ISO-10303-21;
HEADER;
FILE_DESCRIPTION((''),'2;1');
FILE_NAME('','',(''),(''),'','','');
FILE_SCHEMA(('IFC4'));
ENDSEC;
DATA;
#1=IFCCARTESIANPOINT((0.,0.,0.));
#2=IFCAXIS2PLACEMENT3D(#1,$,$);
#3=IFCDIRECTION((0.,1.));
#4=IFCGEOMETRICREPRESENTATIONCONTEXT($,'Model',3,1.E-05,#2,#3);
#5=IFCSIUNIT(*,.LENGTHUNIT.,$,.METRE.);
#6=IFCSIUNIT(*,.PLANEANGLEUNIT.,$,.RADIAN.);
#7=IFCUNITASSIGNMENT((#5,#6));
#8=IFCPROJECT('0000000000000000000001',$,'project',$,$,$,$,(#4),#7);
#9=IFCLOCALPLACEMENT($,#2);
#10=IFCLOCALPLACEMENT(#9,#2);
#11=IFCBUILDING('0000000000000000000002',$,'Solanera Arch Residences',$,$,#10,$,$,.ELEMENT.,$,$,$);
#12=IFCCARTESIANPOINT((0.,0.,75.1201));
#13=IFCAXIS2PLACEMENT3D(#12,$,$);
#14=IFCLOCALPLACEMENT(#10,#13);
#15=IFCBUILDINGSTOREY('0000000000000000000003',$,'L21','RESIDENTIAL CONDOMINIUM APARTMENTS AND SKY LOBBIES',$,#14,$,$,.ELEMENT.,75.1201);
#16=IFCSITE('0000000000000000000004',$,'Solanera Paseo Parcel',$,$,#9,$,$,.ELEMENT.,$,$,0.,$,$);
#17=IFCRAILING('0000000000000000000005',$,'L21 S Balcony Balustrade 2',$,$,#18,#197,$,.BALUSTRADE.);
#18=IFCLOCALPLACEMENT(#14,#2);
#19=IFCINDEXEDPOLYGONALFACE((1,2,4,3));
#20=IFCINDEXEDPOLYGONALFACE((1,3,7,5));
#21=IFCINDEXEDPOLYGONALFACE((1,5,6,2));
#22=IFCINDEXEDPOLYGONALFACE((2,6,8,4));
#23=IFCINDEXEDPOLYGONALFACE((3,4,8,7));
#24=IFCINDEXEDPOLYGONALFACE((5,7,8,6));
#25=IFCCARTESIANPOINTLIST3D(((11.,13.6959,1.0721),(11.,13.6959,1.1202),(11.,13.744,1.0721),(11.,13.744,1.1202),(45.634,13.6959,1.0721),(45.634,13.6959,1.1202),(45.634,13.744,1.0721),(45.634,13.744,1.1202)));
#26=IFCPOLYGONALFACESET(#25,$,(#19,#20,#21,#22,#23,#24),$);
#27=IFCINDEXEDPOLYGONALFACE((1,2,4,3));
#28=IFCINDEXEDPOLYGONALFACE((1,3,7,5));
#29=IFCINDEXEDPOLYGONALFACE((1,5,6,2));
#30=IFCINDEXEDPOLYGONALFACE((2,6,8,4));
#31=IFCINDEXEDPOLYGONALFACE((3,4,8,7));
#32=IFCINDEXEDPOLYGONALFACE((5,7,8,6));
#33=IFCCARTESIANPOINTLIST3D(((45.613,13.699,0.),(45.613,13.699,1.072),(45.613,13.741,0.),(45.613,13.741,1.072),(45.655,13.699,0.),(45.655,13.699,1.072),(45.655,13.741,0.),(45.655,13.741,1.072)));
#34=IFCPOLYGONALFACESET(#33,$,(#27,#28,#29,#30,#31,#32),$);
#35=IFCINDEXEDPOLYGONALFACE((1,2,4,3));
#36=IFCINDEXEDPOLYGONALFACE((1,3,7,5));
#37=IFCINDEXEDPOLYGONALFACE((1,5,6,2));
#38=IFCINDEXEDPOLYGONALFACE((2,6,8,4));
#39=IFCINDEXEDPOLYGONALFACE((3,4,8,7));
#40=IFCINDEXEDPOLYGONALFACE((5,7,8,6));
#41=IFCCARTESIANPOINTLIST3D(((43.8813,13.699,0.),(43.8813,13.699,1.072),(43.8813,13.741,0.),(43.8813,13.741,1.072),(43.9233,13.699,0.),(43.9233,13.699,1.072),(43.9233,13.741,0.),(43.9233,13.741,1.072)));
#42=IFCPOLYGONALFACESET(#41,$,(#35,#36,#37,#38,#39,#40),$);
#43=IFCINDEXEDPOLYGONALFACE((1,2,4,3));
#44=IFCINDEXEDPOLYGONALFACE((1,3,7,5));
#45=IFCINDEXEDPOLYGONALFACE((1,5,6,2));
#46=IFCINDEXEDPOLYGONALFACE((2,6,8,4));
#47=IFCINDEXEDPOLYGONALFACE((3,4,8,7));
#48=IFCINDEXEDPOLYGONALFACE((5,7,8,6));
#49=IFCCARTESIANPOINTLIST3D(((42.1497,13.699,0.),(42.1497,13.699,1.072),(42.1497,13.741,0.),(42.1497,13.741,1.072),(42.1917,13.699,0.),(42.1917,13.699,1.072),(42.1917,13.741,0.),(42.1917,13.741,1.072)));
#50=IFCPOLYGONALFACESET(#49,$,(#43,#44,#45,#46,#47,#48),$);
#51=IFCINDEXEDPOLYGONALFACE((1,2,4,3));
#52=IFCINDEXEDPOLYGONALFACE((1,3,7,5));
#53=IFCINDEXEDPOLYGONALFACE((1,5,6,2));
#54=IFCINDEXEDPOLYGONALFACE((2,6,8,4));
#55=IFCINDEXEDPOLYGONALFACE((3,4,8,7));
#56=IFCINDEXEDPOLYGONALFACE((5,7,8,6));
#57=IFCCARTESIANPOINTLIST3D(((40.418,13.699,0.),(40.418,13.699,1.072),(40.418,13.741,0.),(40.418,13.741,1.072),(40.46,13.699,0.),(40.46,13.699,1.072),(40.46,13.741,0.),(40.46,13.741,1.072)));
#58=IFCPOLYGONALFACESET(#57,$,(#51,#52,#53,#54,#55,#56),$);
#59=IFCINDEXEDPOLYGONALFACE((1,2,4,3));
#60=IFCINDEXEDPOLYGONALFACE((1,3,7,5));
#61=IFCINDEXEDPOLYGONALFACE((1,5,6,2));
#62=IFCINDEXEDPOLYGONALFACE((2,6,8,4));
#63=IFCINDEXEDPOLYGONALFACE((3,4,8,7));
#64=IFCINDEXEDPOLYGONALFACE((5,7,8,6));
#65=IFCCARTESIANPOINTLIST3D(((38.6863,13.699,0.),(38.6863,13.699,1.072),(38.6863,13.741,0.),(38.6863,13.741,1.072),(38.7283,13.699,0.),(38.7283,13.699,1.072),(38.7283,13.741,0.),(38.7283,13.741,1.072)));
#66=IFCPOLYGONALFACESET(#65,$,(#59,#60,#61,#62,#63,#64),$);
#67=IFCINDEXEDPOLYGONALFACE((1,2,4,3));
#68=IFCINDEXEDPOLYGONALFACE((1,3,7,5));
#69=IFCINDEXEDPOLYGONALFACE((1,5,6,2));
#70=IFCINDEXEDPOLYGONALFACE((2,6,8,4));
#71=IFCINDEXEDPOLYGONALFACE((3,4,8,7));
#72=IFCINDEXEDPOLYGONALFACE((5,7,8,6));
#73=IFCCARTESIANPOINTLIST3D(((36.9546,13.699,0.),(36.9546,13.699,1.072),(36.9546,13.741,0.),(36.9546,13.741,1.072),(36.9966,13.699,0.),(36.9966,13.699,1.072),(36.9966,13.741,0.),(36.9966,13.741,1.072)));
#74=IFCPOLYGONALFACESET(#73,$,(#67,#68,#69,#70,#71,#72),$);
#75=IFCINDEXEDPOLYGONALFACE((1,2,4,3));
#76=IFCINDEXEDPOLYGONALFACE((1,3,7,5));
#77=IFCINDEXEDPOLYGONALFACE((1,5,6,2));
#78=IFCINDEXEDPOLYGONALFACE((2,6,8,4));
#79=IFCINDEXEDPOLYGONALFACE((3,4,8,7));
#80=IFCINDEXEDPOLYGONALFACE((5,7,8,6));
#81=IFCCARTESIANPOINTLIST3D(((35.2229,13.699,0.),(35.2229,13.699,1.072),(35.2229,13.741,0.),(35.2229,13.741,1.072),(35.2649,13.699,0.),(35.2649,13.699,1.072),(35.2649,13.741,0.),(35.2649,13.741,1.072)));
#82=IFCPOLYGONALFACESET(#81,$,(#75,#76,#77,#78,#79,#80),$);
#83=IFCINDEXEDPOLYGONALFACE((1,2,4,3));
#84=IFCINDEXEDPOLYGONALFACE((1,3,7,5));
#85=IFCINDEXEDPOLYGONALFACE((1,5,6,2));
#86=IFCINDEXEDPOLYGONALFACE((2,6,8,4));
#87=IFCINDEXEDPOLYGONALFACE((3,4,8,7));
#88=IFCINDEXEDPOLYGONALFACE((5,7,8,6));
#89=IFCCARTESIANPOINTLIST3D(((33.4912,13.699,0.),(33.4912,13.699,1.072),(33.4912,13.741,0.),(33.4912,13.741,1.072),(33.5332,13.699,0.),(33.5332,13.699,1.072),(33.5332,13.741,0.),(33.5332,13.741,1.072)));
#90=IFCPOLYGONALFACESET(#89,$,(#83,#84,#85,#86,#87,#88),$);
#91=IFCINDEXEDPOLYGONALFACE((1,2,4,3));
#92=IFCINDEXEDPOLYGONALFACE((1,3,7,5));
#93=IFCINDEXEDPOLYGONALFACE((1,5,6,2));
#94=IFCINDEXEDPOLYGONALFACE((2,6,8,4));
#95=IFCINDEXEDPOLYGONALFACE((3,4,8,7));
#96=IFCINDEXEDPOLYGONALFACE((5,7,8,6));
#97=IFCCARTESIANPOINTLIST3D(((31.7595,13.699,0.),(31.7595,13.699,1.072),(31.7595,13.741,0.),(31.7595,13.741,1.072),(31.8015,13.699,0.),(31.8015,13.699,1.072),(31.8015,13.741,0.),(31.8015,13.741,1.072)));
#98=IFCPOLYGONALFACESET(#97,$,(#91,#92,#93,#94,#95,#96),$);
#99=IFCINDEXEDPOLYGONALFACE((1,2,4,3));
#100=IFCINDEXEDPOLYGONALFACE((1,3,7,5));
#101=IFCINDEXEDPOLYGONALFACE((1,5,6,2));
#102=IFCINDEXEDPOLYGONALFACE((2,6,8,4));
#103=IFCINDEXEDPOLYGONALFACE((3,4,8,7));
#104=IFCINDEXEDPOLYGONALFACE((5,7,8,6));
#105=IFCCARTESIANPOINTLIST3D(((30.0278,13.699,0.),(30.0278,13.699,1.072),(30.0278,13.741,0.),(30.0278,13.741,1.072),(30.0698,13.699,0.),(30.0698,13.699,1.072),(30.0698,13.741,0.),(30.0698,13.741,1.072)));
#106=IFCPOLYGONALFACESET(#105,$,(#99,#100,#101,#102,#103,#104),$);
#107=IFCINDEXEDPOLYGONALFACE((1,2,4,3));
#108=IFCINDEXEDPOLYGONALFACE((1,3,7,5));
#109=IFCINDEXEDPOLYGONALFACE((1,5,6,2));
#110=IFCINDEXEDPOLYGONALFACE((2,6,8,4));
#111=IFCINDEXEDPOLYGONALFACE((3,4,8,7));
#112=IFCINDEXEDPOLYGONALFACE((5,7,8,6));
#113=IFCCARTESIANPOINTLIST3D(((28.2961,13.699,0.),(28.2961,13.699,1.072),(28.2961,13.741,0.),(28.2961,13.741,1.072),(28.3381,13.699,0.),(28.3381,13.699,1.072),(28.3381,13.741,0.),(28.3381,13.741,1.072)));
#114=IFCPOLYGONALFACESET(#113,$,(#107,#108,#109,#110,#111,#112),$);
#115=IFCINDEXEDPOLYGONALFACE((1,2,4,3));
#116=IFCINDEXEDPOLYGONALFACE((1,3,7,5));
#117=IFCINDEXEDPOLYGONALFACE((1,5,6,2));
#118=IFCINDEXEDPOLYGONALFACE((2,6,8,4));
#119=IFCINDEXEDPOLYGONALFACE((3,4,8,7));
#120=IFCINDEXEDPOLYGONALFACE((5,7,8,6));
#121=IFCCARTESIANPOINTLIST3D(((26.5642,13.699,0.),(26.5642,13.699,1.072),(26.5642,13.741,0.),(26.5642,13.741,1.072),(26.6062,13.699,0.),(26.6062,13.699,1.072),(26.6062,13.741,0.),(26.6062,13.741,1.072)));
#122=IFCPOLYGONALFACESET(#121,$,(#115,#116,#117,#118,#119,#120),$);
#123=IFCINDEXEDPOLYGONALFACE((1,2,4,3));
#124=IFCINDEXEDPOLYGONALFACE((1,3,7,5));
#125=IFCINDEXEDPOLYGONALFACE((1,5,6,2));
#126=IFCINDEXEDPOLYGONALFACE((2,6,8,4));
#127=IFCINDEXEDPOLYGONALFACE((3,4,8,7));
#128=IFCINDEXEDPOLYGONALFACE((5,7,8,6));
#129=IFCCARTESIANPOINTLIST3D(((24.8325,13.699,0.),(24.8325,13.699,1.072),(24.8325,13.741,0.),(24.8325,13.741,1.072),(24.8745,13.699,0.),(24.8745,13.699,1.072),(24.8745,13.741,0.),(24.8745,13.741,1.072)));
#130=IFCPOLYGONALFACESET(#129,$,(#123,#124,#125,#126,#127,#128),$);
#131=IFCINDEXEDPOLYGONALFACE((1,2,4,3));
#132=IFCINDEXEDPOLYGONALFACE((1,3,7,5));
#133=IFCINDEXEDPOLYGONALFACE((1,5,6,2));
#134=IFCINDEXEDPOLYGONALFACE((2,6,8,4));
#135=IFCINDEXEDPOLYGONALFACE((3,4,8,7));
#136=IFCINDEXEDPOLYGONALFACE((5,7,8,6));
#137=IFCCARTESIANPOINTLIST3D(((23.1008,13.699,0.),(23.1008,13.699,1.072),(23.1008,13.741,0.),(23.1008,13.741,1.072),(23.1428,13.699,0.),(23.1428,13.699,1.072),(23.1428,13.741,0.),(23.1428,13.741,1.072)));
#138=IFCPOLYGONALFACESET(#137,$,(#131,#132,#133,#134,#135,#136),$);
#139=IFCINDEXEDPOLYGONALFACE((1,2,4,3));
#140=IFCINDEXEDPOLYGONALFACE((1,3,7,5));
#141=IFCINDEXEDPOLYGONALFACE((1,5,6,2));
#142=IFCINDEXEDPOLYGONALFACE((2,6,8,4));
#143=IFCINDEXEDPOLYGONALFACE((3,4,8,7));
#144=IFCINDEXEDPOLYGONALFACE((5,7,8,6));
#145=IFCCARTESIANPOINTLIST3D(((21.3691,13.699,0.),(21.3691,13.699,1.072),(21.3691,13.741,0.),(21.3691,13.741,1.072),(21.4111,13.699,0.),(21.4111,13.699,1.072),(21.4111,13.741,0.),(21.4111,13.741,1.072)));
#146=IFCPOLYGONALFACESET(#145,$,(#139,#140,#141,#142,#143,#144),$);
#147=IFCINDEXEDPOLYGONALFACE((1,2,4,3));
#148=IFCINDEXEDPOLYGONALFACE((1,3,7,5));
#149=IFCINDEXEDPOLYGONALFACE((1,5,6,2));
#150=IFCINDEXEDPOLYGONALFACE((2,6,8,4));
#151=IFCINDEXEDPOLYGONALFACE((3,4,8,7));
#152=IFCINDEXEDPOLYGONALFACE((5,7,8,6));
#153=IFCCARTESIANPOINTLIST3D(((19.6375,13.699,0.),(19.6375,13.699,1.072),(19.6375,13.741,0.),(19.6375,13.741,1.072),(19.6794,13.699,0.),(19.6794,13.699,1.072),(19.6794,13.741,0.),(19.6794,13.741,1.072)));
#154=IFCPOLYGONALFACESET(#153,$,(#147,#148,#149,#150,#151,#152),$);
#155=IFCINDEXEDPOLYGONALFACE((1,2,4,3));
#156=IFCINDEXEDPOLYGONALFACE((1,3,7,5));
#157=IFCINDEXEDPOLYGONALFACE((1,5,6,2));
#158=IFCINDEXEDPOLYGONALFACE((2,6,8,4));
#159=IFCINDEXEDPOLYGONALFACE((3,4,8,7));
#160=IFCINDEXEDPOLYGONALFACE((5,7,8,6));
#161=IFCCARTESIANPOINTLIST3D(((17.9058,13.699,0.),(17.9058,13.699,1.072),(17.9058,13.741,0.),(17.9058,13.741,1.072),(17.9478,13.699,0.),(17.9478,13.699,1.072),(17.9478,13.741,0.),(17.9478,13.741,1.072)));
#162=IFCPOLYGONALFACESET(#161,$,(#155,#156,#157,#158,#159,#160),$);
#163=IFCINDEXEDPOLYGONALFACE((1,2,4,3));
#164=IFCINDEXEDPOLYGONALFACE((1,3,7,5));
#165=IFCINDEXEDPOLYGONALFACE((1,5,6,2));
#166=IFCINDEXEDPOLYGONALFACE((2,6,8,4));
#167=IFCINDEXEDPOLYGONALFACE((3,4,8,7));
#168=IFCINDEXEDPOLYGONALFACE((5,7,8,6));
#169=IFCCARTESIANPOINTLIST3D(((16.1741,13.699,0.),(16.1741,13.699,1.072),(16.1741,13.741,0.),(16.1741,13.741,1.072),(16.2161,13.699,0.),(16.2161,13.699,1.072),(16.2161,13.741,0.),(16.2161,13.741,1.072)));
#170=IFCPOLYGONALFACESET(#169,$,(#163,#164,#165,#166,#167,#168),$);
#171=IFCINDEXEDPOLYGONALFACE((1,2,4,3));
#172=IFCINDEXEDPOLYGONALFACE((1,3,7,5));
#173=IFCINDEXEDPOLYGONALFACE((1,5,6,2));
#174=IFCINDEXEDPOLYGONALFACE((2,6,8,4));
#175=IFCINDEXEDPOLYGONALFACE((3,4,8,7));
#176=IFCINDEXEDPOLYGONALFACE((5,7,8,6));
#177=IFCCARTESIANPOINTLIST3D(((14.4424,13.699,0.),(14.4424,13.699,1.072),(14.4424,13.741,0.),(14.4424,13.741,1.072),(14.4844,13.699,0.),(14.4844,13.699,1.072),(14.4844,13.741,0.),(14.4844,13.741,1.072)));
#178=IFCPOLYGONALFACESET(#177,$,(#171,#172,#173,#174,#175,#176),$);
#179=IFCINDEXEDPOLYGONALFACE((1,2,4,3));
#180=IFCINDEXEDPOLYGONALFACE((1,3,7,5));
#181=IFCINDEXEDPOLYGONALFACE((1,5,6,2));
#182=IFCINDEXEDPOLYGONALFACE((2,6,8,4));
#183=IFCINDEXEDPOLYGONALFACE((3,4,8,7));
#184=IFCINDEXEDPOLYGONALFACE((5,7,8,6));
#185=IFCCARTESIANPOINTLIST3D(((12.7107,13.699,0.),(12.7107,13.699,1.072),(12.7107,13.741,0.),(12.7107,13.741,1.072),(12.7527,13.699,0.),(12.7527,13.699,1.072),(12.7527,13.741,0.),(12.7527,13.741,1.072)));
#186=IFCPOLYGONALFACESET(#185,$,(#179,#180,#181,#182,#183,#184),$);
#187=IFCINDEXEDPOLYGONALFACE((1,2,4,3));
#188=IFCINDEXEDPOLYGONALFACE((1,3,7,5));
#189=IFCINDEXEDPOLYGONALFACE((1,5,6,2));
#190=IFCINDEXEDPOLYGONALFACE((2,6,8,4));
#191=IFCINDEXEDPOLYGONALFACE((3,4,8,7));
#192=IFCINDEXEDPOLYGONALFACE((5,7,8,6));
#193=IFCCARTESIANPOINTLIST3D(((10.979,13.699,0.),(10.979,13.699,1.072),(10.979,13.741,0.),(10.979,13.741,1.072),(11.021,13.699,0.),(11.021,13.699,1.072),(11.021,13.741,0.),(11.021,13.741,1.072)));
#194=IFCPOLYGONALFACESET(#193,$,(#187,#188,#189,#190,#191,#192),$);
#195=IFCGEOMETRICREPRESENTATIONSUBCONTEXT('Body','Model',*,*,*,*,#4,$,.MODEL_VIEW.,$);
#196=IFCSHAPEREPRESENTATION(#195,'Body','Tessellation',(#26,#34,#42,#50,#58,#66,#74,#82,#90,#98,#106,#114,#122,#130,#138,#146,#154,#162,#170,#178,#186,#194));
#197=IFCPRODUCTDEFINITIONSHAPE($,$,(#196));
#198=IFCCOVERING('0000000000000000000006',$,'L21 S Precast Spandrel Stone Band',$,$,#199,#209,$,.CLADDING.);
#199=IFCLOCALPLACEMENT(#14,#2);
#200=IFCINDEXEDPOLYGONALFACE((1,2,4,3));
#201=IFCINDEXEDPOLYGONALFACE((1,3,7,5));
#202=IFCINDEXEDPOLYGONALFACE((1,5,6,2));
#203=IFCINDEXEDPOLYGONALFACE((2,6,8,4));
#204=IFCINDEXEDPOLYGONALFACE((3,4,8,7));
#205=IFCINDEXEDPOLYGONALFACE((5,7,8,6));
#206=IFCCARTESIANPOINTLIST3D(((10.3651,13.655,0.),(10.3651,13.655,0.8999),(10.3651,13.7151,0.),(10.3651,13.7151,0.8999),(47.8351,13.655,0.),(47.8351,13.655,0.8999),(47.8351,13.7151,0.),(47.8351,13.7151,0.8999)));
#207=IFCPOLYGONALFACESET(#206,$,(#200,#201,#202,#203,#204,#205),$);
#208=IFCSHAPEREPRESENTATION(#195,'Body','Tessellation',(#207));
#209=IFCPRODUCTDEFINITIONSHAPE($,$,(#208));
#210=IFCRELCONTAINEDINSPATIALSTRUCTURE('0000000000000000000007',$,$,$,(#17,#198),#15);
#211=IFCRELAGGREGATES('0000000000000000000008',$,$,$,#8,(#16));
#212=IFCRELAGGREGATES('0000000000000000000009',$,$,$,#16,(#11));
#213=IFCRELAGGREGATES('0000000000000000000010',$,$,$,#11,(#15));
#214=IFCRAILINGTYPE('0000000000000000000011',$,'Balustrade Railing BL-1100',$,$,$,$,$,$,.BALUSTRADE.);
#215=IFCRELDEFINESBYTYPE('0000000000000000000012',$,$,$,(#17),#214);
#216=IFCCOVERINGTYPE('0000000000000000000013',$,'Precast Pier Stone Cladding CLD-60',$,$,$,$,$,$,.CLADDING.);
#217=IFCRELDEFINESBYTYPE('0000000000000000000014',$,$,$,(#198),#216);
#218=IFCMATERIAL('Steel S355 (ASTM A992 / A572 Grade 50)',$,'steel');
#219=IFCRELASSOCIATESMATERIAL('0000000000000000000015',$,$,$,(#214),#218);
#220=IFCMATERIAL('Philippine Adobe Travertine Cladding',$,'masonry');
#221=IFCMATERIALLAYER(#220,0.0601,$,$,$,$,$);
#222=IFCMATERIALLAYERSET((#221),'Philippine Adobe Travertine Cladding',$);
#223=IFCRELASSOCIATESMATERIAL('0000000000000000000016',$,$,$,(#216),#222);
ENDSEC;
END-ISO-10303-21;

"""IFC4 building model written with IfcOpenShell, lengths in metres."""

from ifc_helpers import new_model, si_unit, direction, frame, frame_2d, origin, origin_2d, place, context, subcontext, project, spatial, rectangle, extrude, material, layer, layer_set, type_object, element, save


model = new_model("IFC4")

# Units and contexts
model_context = context("Model", 3, precision=1e-05, world=origin(), true_north=direction((0.0, 1.0)))
body_context = subcontext(model_context, "Body", "Model", "MODEL_VIEW")
ifc_project = project(units=[si_unit("LENGTHUNIT", "METRE"), si_unit("PLANEANGLEUNIT", "RADIAN")], contexts=[model_context])

# Site, building, storey
site_placement = place(None, origin())
site = spatial("IfcSite", under=ifc_project, at=site_placement, Name="Solanera Paseo Parcel", CompositionType="ELEMENT", RefElevation=0.0)
building_placement = place(site_placement, origin())
building = spatial("IfcBuilding", under=site, at=building_placement, Name="Solanera Arch Residences", CompositionType="ELEMENT")
storey_placement = place(building_placement, frame((0.0, 0.0, 75.1201)))
storey = spatial("IfcBuildingStorey", under=building, at=storey_placement, Name="L21", Description="RESIDENTIAL CONDOMINIUM APARTMENTS AND SKY LOBBIES", CompositionType="ELEMENT", Elevation=75.1201)

# Railing
ifc_material_1 = material(Name="Steel S355 (ASTM A992 / A572 Grade 50)", Category="steel")
railing_type = type_object("IfcRailingType", Name="Balustrade Railing BL-1100", PredefinedType="BALUSTRADE", material=ifc_material_1)
railing_placement = place(storey_placement, frame((45.634, 13.72, 0.0)))
element("IfcRailing", 1, at=railing_placement, inside=storey, type_object=railing_type, Name="L21 S Balcony Balustrade 2", PredefinedType="BALUSTRADE", context=body_context, shape_type="SweptSolid", body=[
    extrude(rectangle(XDim=0.0481, YDim=0.0481, at=origin_2d()), frame((0.0, 0.0, 1.0962), z_axis=(-1.0, 0.0, 0.0), x_axis=(0.0, -1.0, 0.0)), (0.0, 0.0, 1.0), 34.634),
    extrude(rectangle(XDim=0.042, YDim=0.042, at=origin_2d()), origin(), (0.0, 0.0, 1.0), 1.072),
    extrude(rectangle(XDim=0.042, YDim=0.042, at=origin_2d()), frame((-1.7317, 0.0, 0.0)), (0.0, 0.0, 1.0), 1.072),
    extrude(rectangle(XDim=0.042, YDim=0.042, at=origin_2d()), frame((-3.4634, 0.0, 0.0)), (0.0, 0.0, 1.0), 1.072),
    extrude(rectangle(XDim=0.042, YDim=0.042, at=origin_2d()), frame((-5.1951, 0.0, 0.0)), (0.0, 0.0, 1.0), 1.072),
    extrude(rectangle(XDim=0.042, YDim=0.042, at=origin_2d()), frame((-6.9268, 0.0, 0.0)), (0.0, 0.0, 1.0), 1.072),
    extrude(rectangle(XDim=0.042, YDim=0.042, at=origin_2d()), frame((-8.6584, 0.0, 0.0)), (0.0, 0.0, 1.0), 1.072),
    extrude(rectangle(XDim=0.042, YDim=0.042, at=origin_2d()), frame((-10.3901, 0.0, 0.0)), (0.0, 0.0, 1.0), 1.072),
    extrude(rectangle(XDim=0.042, YDim=0.042, at=origin_2d()), frame((-12.1218, 0.0, 0.0)), (0.0, 0.0, 1.0), 1.072),
    extrude(rectangle(XDim=0.042, YDim=0.042, at=origin_2d()), frame((-13.8535, 0.0, 0.0)), (0.0, 0.0, 1.0), 1.072),
    extrude(rectangle(XDim=0.042, YDim=0.042, at=origin_2d()), frame((-15.5852, 0.0, 0.0)), (0.0, 0.0, 1.0), 1.072),
    extrude(rectangle(XDim=0.042, YDim=0.042, at=origin_2d()), frame((-17.3169, 0.0, 0.0)), (0.0, 0.0, 1.0), 1.072),
    extrude(rectangle(XDim=0.042, YDim=0.042, at=origin_2d()), frame((-19.0488, 0.0, 0.0)), (0.0, 0.0, 1.0), 1.072),
    extrude(rectangle(XDim=0.042, YDim=0.042, at=origin_2d()), frame((-20.7805, 0.0, 0.0)), (0.0, 0.0, 1.0), 1.072),
    extrude(rectangle(XDim=0.042, YDim=0.042, at=origin_2d()), frame((-22.5122, 0.0, 0.0)), (0.0, 0.0, 1.0), 1.072),
    extrude(rectangle(XDim=0.042, YDim=0.042, at=origin_2d()), frame((-24.2439, 0.0, 0.0)), (0.0, 0.0, 1.0), 1.072),
    extrude(rectangle(XDim=0.042, YDim=0.042, at=origin_2d()), frame((-25.9756, 0.0, 0.0)), (0.0, 0.0, 1.0), 1.072),
    extrude(rectangle(XDim=0.042, YDim=0.042, at=origin_2d()), frame((-27.7073, 0.0, 0.0)), (0.0, 0.0, 1.0), 1.072),
    extrude(rectangle(XDim=0.042, YDim=0.042, at=origin_2d()), frame((-29.439, 0.0, 0.0)), (0.0, 0.0, 1.0), 1.072),
    extrude(rectangle(XDim=0.042, YDim=0.042, at=origin_2d()), frame((-31.1707, 0.0, 0.0)), (0.0, 0.0, 1.0), 1.072),
    extrude(rectangle(XDim=0.042, YDim=0.042, at=origin_2d()), frame((-32.9023, 0.0, 0.0)), (0.0, 0.0, 1.0), 1.072),
    extrude(rectangle(XDim=0.042, YDim=0.042, at=origin_2d()), frame((-34.634, 0.0, 0.0)), (0.0, 0.0, 1.0), 1.072),
])

# Covering
ifc_material_2 = material(Name="Philippine Adobe Travertine Cladding", Category="masonry")
ifc_layer_1 = layer(ifc_material_2, 0.0601)
ifc_layer_set_1 = layer_set([ifc_layer_1], Name="Philippine Adobe Travertine Cladding")
covering_type = type_object("IfcCoveringType", Name="Precast Pier Stone Cladding CLD-60", PredefinedType="CLADDING", material=ifc_layer_set_1)
covering_placement = place(storey_placement, frame((47.835, 13.6851, 0.0), z_axis=(0.0, 0.0, 1.0), x_axis=(-1.0, 0.0, 0.0)))
element("IfcCovering", 2, at=covering_placement, inside=storey, type_object=covering_type, Name="L21 S Precast Spandrel Stone Band", PredefinedType="CLADDING", context=body_context, shape_type="SweptSolid", body=[
    extrude(rectangle(XDim=37.47, YDim=0.0601, at=frame_2d((18.7349, 0.0))), origin(), (0.0, 0.0, 1.0), 0.8999),
])

save(model, "model.ifc")
